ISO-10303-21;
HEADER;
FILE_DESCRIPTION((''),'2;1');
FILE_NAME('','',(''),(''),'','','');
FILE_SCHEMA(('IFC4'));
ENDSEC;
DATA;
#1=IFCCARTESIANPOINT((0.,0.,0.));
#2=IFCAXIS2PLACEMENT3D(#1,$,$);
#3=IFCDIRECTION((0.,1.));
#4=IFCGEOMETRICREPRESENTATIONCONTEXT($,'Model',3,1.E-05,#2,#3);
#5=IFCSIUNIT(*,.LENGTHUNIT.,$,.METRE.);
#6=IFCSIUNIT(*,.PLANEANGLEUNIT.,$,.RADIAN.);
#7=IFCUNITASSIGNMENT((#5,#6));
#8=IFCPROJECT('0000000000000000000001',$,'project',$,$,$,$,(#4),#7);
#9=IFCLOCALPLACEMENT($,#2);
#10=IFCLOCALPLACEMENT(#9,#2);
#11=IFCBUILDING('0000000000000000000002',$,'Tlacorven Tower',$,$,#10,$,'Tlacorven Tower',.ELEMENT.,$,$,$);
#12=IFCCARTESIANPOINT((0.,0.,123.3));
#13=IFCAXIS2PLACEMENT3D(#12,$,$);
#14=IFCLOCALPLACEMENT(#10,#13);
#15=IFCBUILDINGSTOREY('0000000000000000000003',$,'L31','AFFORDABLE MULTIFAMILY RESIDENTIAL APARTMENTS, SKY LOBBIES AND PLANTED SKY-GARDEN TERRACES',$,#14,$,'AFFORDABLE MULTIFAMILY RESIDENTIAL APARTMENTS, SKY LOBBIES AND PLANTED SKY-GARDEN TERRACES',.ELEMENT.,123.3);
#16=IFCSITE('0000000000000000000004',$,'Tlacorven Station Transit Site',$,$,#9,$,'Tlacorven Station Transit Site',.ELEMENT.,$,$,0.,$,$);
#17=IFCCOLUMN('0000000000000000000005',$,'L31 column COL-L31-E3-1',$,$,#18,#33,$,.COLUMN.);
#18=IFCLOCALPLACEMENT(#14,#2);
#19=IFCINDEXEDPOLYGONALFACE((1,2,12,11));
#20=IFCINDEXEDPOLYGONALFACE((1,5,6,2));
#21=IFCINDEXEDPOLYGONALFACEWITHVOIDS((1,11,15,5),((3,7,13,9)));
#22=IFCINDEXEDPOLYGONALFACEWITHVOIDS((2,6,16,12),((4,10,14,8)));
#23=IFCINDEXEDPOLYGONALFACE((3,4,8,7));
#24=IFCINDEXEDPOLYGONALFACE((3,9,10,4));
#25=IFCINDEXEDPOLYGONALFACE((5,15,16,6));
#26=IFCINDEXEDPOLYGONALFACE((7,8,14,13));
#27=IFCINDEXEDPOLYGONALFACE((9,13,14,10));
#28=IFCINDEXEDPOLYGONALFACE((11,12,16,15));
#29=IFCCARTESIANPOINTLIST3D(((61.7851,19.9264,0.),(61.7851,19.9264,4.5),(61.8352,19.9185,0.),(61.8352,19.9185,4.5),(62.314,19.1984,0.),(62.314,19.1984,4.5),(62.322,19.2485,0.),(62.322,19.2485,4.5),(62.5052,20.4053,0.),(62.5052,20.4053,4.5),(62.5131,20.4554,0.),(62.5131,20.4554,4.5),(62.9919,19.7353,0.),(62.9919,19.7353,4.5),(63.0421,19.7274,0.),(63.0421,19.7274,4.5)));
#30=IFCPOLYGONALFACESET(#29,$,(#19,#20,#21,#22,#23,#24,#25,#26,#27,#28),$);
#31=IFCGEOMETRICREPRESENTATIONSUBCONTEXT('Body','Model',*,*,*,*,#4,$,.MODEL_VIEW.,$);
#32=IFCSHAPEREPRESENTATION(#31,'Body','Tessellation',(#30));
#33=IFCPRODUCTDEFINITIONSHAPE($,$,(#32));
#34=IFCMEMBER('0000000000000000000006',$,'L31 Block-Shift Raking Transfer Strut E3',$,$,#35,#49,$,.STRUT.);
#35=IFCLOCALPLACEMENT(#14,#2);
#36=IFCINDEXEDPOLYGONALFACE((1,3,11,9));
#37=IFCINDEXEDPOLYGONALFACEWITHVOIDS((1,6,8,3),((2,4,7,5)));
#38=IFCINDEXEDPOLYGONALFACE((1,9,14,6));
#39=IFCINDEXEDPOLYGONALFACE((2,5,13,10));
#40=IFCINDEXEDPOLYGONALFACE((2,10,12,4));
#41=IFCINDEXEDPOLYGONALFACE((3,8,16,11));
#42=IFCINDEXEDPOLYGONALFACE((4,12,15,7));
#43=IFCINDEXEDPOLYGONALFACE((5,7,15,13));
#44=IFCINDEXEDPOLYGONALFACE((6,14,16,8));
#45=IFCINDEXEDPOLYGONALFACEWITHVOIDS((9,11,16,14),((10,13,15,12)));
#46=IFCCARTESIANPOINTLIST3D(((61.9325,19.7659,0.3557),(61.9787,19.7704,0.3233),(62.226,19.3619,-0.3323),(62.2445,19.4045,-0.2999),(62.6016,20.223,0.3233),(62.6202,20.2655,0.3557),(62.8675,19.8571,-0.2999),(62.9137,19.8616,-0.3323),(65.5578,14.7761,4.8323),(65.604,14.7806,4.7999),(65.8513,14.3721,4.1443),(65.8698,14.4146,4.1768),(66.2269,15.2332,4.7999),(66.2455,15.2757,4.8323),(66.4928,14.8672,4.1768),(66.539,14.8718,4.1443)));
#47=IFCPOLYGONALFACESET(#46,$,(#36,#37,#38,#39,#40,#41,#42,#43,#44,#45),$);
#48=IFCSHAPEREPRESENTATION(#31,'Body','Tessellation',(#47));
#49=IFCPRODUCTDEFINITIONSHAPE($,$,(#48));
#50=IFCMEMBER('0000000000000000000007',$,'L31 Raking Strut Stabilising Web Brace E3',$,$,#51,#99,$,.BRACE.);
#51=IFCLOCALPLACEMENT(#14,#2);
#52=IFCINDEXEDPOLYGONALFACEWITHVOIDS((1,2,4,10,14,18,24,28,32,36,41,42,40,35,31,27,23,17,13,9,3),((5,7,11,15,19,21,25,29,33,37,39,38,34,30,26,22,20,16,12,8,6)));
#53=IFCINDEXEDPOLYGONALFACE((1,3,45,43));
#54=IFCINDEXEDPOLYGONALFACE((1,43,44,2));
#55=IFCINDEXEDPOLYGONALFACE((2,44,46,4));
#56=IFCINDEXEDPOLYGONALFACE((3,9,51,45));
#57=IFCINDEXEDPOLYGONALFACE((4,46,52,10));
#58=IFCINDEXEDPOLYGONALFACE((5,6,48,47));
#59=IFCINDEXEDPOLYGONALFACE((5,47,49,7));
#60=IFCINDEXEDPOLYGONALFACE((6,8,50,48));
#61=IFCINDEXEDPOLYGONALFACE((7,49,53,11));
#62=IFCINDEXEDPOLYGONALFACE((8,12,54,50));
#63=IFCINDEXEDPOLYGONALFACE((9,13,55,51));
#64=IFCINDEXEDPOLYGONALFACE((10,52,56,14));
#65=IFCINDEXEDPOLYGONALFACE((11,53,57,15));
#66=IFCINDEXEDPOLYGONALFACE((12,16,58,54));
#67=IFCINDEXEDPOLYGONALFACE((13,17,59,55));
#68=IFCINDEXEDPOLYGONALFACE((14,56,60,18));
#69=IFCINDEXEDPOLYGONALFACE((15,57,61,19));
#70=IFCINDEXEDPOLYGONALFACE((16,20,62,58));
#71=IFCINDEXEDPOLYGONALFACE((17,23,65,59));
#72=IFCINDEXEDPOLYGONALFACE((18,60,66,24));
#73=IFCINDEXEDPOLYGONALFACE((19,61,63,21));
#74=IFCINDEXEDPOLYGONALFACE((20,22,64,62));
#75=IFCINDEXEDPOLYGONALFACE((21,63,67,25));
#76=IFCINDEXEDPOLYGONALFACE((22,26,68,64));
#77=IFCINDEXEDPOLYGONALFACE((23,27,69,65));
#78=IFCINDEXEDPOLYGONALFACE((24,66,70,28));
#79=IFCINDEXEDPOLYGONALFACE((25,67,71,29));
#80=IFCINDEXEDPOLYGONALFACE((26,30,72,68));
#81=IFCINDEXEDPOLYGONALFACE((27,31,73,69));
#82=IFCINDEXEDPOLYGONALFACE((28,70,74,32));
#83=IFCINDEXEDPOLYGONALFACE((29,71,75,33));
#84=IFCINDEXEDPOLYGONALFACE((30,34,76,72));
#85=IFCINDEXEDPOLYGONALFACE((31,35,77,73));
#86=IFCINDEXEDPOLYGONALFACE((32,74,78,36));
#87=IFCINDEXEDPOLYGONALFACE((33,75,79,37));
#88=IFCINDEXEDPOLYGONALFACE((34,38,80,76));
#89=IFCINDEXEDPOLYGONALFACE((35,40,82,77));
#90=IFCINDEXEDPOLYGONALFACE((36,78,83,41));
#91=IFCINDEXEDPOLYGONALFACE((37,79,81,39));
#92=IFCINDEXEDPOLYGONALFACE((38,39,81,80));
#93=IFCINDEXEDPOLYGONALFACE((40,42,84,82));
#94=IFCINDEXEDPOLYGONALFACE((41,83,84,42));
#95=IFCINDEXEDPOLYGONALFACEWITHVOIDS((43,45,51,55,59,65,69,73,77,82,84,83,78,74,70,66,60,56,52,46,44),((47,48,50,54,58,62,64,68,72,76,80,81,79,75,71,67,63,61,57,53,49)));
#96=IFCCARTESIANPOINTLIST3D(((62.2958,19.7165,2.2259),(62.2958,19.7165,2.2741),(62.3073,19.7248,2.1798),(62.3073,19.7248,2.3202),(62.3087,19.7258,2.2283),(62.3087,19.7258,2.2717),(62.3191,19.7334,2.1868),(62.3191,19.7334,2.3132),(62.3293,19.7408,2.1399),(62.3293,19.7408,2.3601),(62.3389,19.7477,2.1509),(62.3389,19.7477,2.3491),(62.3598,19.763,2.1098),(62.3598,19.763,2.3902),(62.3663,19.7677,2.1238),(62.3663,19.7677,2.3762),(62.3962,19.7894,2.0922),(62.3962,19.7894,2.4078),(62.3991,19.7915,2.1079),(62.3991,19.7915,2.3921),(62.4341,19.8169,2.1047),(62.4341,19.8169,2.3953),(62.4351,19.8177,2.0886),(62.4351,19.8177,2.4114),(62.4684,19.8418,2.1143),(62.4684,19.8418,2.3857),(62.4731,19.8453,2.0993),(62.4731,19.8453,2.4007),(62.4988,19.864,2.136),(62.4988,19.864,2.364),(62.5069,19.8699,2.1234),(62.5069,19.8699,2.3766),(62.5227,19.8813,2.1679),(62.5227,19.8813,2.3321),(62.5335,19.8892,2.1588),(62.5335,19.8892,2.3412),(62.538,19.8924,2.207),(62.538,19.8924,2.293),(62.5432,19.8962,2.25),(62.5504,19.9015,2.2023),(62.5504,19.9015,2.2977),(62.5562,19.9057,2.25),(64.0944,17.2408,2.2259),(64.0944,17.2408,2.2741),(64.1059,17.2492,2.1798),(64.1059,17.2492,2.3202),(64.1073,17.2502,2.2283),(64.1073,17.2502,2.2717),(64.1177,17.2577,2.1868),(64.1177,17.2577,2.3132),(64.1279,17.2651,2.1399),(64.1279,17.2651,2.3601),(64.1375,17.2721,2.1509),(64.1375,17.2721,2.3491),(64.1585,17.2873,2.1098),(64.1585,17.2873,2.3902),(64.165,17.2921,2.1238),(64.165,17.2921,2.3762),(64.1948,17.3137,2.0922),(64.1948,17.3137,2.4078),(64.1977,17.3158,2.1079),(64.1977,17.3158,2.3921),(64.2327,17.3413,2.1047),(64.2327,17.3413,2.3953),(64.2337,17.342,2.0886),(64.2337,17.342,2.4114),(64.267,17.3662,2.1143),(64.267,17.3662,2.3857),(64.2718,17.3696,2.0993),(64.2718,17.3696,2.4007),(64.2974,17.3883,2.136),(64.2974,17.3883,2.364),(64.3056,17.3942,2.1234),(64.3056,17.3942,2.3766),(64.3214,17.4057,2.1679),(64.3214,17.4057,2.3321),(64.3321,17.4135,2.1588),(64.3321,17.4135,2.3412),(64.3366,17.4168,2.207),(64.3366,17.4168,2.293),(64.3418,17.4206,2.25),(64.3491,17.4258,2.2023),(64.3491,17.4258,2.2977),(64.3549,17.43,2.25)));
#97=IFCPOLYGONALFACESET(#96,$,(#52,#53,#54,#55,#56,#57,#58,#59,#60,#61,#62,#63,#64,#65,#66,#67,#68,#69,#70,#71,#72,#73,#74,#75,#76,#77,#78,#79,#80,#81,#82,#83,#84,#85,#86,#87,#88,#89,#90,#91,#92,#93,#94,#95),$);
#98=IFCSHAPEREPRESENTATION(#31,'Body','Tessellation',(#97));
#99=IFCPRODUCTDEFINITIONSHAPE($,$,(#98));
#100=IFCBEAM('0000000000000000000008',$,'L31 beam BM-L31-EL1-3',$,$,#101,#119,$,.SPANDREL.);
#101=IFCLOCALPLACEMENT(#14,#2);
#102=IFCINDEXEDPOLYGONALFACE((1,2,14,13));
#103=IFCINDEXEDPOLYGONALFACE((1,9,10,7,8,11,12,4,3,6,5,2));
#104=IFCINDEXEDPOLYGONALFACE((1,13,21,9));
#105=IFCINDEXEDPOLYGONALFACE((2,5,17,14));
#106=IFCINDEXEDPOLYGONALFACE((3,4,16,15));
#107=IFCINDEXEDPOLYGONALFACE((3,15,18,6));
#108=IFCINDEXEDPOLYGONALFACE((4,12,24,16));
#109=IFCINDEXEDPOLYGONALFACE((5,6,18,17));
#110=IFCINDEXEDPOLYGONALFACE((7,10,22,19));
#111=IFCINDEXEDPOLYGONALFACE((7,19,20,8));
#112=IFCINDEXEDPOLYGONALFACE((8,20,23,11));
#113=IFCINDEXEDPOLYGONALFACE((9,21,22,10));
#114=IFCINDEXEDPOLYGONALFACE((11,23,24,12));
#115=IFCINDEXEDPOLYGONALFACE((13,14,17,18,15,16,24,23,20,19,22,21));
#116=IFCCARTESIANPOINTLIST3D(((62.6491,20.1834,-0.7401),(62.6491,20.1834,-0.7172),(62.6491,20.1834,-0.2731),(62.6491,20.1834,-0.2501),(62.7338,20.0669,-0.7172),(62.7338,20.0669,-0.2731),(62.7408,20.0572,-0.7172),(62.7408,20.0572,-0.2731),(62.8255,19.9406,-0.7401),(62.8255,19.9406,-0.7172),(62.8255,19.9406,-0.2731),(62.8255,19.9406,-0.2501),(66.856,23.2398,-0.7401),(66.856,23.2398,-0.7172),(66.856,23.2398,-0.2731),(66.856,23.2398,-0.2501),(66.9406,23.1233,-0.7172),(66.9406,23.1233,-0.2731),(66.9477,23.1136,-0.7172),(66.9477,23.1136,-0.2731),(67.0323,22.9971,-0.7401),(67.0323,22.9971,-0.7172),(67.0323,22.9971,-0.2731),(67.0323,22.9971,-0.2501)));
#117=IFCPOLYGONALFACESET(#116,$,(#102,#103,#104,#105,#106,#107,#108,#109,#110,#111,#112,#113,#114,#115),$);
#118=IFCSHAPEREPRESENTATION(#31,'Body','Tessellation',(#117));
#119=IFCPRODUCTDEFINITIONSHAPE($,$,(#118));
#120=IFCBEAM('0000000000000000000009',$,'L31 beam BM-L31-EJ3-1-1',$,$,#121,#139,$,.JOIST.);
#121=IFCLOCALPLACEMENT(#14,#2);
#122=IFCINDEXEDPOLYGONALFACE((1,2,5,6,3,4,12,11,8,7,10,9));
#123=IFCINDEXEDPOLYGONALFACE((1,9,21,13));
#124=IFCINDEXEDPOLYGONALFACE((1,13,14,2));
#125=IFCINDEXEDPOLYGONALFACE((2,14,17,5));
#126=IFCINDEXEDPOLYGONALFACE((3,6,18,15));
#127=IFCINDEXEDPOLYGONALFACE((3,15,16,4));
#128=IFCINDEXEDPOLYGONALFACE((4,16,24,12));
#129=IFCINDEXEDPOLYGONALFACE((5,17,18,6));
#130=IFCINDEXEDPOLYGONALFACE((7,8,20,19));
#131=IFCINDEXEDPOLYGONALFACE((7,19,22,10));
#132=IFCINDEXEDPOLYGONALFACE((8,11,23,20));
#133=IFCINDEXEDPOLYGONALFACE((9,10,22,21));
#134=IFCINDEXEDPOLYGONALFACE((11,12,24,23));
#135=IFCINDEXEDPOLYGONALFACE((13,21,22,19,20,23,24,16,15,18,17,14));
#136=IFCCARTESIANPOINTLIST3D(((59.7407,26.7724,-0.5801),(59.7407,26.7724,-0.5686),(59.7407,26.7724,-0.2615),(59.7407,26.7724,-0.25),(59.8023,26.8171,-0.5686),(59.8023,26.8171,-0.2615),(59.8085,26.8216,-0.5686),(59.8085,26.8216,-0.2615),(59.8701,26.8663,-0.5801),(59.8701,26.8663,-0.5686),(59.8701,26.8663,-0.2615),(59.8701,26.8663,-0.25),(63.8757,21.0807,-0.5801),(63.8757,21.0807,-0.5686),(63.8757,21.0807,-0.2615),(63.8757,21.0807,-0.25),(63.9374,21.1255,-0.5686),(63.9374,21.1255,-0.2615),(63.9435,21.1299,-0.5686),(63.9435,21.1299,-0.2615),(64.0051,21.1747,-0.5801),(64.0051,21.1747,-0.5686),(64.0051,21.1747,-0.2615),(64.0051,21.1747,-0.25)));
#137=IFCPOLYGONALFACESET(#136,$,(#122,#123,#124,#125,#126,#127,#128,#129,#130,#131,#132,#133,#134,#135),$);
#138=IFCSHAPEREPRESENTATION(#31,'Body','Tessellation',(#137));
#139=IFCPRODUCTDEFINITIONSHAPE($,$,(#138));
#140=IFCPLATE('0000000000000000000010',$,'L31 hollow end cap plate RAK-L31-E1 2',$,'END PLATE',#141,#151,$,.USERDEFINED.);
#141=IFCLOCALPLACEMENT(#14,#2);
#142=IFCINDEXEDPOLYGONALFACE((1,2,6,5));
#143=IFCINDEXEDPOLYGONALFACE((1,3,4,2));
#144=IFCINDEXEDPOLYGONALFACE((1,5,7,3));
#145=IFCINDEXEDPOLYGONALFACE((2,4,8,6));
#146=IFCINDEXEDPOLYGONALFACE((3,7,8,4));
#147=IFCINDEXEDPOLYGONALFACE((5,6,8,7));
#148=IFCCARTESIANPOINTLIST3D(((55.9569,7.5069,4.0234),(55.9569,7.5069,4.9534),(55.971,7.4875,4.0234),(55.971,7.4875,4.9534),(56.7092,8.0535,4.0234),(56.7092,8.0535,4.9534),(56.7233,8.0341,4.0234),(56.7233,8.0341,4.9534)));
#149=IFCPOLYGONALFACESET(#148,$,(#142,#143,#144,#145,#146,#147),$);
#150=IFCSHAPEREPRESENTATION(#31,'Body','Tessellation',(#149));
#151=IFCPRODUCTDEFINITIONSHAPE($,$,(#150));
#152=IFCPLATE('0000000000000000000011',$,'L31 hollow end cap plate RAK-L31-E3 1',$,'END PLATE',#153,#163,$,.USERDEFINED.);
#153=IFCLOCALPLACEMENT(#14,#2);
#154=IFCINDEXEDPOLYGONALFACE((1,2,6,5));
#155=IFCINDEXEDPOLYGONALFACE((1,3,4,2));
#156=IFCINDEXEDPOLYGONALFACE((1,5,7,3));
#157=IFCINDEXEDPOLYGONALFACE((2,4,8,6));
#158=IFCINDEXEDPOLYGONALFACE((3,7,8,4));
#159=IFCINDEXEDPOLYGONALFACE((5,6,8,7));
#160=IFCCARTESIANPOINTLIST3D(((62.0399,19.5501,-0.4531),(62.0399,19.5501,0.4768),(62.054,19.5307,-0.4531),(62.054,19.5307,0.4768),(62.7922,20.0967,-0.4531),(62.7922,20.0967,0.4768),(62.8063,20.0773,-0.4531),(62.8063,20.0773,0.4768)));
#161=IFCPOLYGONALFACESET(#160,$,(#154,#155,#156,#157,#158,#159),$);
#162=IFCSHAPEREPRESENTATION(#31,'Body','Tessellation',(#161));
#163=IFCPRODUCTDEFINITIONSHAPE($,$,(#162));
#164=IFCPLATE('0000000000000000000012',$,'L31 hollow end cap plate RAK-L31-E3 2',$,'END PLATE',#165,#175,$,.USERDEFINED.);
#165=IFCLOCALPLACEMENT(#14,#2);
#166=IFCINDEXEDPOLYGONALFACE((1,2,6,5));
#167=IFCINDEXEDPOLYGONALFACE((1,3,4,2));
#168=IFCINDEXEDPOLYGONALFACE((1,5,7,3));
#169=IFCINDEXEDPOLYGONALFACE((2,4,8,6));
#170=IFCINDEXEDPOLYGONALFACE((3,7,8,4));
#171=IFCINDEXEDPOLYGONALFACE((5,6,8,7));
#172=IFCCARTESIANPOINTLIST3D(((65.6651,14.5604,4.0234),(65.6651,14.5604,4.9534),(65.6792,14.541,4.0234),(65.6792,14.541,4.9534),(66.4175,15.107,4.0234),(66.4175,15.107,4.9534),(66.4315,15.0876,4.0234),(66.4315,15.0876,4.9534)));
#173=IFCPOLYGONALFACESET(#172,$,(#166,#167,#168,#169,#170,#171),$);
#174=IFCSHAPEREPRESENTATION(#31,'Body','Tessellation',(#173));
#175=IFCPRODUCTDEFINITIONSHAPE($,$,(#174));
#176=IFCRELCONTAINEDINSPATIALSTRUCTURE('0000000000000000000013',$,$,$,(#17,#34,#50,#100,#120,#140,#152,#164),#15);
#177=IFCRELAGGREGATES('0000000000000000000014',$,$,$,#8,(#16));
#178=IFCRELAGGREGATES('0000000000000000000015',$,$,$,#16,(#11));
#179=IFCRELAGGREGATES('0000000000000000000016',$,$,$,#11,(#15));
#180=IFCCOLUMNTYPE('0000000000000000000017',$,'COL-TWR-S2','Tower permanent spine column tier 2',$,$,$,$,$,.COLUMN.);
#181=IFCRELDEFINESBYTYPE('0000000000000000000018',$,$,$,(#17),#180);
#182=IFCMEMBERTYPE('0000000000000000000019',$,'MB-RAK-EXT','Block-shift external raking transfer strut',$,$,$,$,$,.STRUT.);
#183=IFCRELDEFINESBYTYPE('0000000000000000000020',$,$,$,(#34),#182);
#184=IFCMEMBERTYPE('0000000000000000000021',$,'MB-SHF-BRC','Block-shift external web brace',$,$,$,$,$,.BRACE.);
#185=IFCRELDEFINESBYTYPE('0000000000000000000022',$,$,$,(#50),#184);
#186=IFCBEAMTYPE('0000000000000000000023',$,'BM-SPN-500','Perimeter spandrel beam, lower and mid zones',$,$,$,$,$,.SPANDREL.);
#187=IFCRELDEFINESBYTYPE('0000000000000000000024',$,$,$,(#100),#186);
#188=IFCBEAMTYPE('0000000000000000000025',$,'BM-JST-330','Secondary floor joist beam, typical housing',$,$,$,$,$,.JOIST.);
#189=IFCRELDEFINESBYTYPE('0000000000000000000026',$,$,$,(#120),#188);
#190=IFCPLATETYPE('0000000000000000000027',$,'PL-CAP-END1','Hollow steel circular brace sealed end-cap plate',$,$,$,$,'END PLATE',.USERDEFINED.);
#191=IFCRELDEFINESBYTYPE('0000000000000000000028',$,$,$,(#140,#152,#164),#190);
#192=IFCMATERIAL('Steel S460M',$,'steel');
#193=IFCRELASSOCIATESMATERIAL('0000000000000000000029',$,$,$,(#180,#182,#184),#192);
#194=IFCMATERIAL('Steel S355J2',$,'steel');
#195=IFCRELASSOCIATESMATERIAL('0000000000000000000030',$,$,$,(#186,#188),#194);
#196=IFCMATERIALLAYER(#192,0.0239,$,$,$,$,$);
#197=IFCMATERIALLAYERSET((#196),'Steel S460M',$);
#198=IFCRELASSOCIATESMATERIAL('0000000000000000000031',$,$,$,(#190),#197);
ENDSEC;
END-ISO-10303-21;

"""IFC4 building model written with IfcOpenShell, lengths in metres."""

from ifc_helpers import new_model, si_unit, direction, frame, origin, origin_2d, place, context, subcontext, project, spatial, rectangle, hollow_rectangle, hollow_circle, i_section, extrude, source, transform, mapped, material, layer, layer_set, material_profile, profile_set, type_object, element, save


model = new_model("IFC4")

# Units and contexts
model_context = context("Model", 3, precision=1e-05, world=origin(), true_north=direction((0.0, 1.0)))
body_context = subcontext(model_context, "Body", "Model", "MODEL_VIEW")
ifc_project = project(units=[si_unit("LENGTHUNIT", "METRE"), si_unit("PLANEANGLEUNIT", "RADIAN")], contexts=[model_context])

# Site, building, storey
site_placement = place(None, origin())
site = spatial("IfcSite", under=ifc_project, at=site_placement, Name="Tlacorven Station Transit Site", LongName="Tlacorven Station Transit Site", CompositionType="ELEMENT", RefElevation=0.0)
building_placement = place(site_placement, origin())
building = spatial("IfcBuilding", under=site, at=building_placement, Name="Tlacorven Tower", LongName="Tlacorven Tower", CompositionType="ELEMENT")
storey_placement = place(building_placement, frame((0.0, 0.0, 123.3)))
storey = spatial("IfcBuildingStorey", under=building, at=storey_placement, Name="L31", Description="AFFORDABLE MULTIFAMILY RESIDENTIAL APARTMENTS, SKY LOBBIES AND PLANTED SKY-GARDEN TERRACES", LongName="AFFORDABLE MULTIFAMILY RESIDENTIAL APARTMENTS, SKY LOBBIES AND PLANTED SKY-GARDEN TERRACES", CompositionType="ELEMENT", Elevation=123.3)

# Column
ifc_material_1 = material(Name="Steel S460M", Category="steel")
ifc_material_profile_1 = material_profile(ifc_material_1, hollow_rectangle(XDim=0.8999, YDim=0.8999, WallThickness=0.0359, at=origin_2d()), Name="BOX 900X900X36")
ifc_profile_set_1 = profile_set([ifc_material_profile_1], Name="Steel S460M")
column_type = type_object("IfcColumnType", Name="COL-TWR-S2", Description="Tower permanent spine column tier 2", PredefinedType="COLUMN", material=ifc_profile_set_1)
shared_shape_1 = source(origin(), body_context, "Body", "SweptSolid", [
    extrude(hollow_rectangle(XDim=0.8999, YDim=0.8999, WallThickness=0.0359, at=origin_2d()), origin(), (0.0, 0.0, 1.0), 4.5),
])
column_placement = place(storey_placement, frame((62.4136, 19.8269, 0.0), z_axis=(0.0, 0.0, 1.0), x_axis=(0.809017, 0.587785, 0.0)))
element("IfcColumn", 1, at=column_placement, inside=storey, type_object=column_type, Name="L31 column COL-L31-E3-1", PredefinedType="COLUMN", context=body_context, shape_type="MappedRepresentation", body=[
    mapped(shared_shape_1, transform((0.0, 0.0, 0.0), scale=1.0)),
])

# Members
ifc_material_profile_2 = material_profile(ifc_material_1, hollow_rectangle(XDim=0.8501, YDim=0.8501, WallThickness=0.04, at=origin_2d()), Name="BOX 850X850X40")
ifc_profile_set_2 = profile_set([ifc_material_profile_2], Name="Steel S460M")
member_type_1 = type_object("IfcMemberType", Name="MB-RAK-EXT", Description="Block-shift external raking transfer strut", PredefinedType="STRUT", material=ifc_profile_set_2)
shared_shape_2 = source(origin(), body_context, "Body", "SweptSolid", [
    extrude(hollow_rectangle(XDim=0.8501, YDim=0.8501, WallThickness=0.04, at=origin_2d()), origin(), (0.0, 0.0, 1.0), 7.6211),
])
member_1_placement = place(storey_placement, frame((62.4231, 19.8137, 0.0117), z_axis=(0.475692, -0.654737, 0.587399), x_axis=(0.809018, 0.587783, 0.0)))
element("IfcMember", 2, at=member_1_placement, inside=storey, type_object=member_type_1, Name="L31 Block-Shift Raking Transfer Strut E3", PredefinedType="STRUT", context=body_context, shape_type="MappedRepresentation", body=[
    mapped(shared_shape_2, transform((0.0, 0.0, 0.0), scale=1.0)),
])
ifc_material_profile_3 = material_profile(ifc_material_1, hollow_circle(Radius=0.1619, WallThickness=0.0161, at=origin_2d()), Name="CHS 323.9X16")
ifc_profile_set_3 = profile_set([ifc_material_profile_3], Name="Steel S460M")
member_type_2 = type_object("IfcMemberType", Name="MB-SHF-BRC", Description="Block-shift external web brace", PredefinedType="BRACE", material=ifc_profile_set_3)
shared_shape_3 = source(origin(), body_context, "Body", "SweptSolid", [
    extrude(hollow_circle(Radius=0.1619, WallThickness=0.0161, at=origin_2d()), origin(), (0.0, 0.0, 1.0), 3.0601),
])
member_2_placement = place(storey_placement, frame((62.4253, 19.8105, 2.25), z_axis=(0.587778, -0.809022, 0.0), x_axis=(0.809022, 0.587778, 0.0)))
element("IfcMember", 3, at=member_2_placement, inside=storey, type_object=member_type_2, Name="L31 Raking Strut Stabilising Web Brace E3", PredefinedType="BRACE", context=body_context, shape_type="MappedRepresentation", body=[
    mapped(shared_shape_3, transform((0.0, 0.0, 0.0), scale=1.0)),
])

# Beams
ifc_material_2 = material(Name="Steel S355J2", Category="steel")
ifc_material_profile_4 = material_profile(ifc_material_2, i_section(OverallWidth=0.3, OverallDepth=0.49, WebThickness=0.012, FlangeThickness=0.0229, at=origin_2d()), Name="HEA 500")
ifc_profile_set_4 = profile_set([ifc_material_profile_4], Name="Steel S355J2")
beam_type_1 = type_object("IfcBeamType", Name="BM-SPN-500", Description="Perimeter spandrel beam, lower and mid zones", PredefinedType="SPANDREL", material=ifc_profile_set_4)
shared_shape_4 = source(origin(), body_context, "Body", "SweptSolid", [
    extrude(i_section(OverallWidth=0.3, OverallDepth=0.49, WebThickness=0.012, FlangeThickness=0.0229, at=origin_2d()), origin(), (0.0, 0.0, 1.0), 5.2),
])
beam_1_placement = place(storey_placement, frame((62.7373, 20.062, -0.4951), z_axis=(0.809018, 0.587784, 0.0), x_axis=(-0.587784, 0.809018, 0.0)))
element("IfcBeam", 4, at=beam_1_placement, inside=storey, type_object=beam_type_1, Name="L31 beam BM-L31-EL1-3", PredefinedType="SPANDREL", context=body_context, shape_type="MappedRepresentation", body=[
    mapped(shared_shape_4, transform((0.0, 0.0, 0.0), scale=1.0)),
])
ifc_material_profile_5 = material_profile(ifc_material_2, i_section(OverallWidth=0.1599, OverallDepth=0.3301, WebThickness=0.0076, FlangeThickness=0.0115, at=origin_2d()), Name="IPE 330")
ifc_profile_set_5 = profile_set([ifc_material_profile_5], Name="Steel S355J2")
beam_type_2 = type_object("IfcBeamType", Name="BM-JST-330", Description="Secondary floor joist beam, typical housing", PredefinedType="JOIST", material=ifc_profile_set_5)
shared_shape_5 = source(origin(), body_context, "Body", "SweptSolid", [
    extrude(i_section(OverallWidth=0.1599, OverallDepth=0.3301, WebThickness=0.0076, FlangeThickness=0.0115, at=origin_2d()), origin(), (0.0, 0.0, 1.0), 7.0352),
])
beam_2_placement = place(storey_placement, frame((63.9404, 21.1277, -0.415), z_axis=(-0.587765, 0.809032, 0.0), x_axis=(-0.809032, -0.587765, 0.0)))
element("IfcBeam", 5, at=beam_2_placement, inside=storey, type_object=beam_type_2, Name="L31 beam BM-L31-EJ3-1-1", PredefinedType="JOIST", context=body_context, shape_type="MappedRepresentation", body=[
    mapped(shared_shape_5, transform((0.0, 0.0, 0.0), scale=1.0)),
])

# Plates
ifc_layer_1 = layer(ifc_material_1, 0.0239)
ifc_layer_set_1 = layer_set([ifc_layer_1], Name="Steel S460M")
plate_type_1 = type_object("IfcPlateType", Name="PL-CAP-END1", Description="Hollow steel circular brace sealed end-cap plate", ElementType="END PLATE", PredefinedType="USERDEFINED", material=ifc_layer_set_1)
shared_shape_6 = source(origin(), body_context, "Body", "SweptSolid", [
    extrude(rectangle(XDim=0.0239, YDim=0.9299, at=origin_2d()), origin(), (0.0, 0.0, 1.0), 0.9299),
])
for number, where, z_axis, x_axis, name in (
    (6, (56.3401, 7.7705, 4.0234), (0.0, 0.0, 1.0), (0.587785, -0.809017, 0.0), "L31 hollow end cap plate RAK-L31-E1 2"),
    (7, (62.4231, 19.8137, -0.4531), (0.0, 0.0, 1.0), (0.587785, -0.809017, 0.0), "L31 hollow end cap plate RAK-L31-E3 1"),
    (8, (66.0483, 14.824, 4.0234), (0.0, 0.0, 1.0), (0.587785, -0.809017, 0.0), "L31 hollow end cap plate RAK-L31-E3 2"),
):
    element("IfcPlate", number, at=place(storey_placement, frame(where, z_axis=z_axis, x_axis=x_axis)), inside=storey, type_object=plate_type_1, Name=name, ObjectType="END PLATE", PredefinedType="USERDEFINED", context=body_context, shape_type="MappedRepresentation", body=[
        mapped(shared_shape_6, transform((0.0, 0.0, 0.0), scale=1.0)),
    ])

save(model, "model.ifc")
